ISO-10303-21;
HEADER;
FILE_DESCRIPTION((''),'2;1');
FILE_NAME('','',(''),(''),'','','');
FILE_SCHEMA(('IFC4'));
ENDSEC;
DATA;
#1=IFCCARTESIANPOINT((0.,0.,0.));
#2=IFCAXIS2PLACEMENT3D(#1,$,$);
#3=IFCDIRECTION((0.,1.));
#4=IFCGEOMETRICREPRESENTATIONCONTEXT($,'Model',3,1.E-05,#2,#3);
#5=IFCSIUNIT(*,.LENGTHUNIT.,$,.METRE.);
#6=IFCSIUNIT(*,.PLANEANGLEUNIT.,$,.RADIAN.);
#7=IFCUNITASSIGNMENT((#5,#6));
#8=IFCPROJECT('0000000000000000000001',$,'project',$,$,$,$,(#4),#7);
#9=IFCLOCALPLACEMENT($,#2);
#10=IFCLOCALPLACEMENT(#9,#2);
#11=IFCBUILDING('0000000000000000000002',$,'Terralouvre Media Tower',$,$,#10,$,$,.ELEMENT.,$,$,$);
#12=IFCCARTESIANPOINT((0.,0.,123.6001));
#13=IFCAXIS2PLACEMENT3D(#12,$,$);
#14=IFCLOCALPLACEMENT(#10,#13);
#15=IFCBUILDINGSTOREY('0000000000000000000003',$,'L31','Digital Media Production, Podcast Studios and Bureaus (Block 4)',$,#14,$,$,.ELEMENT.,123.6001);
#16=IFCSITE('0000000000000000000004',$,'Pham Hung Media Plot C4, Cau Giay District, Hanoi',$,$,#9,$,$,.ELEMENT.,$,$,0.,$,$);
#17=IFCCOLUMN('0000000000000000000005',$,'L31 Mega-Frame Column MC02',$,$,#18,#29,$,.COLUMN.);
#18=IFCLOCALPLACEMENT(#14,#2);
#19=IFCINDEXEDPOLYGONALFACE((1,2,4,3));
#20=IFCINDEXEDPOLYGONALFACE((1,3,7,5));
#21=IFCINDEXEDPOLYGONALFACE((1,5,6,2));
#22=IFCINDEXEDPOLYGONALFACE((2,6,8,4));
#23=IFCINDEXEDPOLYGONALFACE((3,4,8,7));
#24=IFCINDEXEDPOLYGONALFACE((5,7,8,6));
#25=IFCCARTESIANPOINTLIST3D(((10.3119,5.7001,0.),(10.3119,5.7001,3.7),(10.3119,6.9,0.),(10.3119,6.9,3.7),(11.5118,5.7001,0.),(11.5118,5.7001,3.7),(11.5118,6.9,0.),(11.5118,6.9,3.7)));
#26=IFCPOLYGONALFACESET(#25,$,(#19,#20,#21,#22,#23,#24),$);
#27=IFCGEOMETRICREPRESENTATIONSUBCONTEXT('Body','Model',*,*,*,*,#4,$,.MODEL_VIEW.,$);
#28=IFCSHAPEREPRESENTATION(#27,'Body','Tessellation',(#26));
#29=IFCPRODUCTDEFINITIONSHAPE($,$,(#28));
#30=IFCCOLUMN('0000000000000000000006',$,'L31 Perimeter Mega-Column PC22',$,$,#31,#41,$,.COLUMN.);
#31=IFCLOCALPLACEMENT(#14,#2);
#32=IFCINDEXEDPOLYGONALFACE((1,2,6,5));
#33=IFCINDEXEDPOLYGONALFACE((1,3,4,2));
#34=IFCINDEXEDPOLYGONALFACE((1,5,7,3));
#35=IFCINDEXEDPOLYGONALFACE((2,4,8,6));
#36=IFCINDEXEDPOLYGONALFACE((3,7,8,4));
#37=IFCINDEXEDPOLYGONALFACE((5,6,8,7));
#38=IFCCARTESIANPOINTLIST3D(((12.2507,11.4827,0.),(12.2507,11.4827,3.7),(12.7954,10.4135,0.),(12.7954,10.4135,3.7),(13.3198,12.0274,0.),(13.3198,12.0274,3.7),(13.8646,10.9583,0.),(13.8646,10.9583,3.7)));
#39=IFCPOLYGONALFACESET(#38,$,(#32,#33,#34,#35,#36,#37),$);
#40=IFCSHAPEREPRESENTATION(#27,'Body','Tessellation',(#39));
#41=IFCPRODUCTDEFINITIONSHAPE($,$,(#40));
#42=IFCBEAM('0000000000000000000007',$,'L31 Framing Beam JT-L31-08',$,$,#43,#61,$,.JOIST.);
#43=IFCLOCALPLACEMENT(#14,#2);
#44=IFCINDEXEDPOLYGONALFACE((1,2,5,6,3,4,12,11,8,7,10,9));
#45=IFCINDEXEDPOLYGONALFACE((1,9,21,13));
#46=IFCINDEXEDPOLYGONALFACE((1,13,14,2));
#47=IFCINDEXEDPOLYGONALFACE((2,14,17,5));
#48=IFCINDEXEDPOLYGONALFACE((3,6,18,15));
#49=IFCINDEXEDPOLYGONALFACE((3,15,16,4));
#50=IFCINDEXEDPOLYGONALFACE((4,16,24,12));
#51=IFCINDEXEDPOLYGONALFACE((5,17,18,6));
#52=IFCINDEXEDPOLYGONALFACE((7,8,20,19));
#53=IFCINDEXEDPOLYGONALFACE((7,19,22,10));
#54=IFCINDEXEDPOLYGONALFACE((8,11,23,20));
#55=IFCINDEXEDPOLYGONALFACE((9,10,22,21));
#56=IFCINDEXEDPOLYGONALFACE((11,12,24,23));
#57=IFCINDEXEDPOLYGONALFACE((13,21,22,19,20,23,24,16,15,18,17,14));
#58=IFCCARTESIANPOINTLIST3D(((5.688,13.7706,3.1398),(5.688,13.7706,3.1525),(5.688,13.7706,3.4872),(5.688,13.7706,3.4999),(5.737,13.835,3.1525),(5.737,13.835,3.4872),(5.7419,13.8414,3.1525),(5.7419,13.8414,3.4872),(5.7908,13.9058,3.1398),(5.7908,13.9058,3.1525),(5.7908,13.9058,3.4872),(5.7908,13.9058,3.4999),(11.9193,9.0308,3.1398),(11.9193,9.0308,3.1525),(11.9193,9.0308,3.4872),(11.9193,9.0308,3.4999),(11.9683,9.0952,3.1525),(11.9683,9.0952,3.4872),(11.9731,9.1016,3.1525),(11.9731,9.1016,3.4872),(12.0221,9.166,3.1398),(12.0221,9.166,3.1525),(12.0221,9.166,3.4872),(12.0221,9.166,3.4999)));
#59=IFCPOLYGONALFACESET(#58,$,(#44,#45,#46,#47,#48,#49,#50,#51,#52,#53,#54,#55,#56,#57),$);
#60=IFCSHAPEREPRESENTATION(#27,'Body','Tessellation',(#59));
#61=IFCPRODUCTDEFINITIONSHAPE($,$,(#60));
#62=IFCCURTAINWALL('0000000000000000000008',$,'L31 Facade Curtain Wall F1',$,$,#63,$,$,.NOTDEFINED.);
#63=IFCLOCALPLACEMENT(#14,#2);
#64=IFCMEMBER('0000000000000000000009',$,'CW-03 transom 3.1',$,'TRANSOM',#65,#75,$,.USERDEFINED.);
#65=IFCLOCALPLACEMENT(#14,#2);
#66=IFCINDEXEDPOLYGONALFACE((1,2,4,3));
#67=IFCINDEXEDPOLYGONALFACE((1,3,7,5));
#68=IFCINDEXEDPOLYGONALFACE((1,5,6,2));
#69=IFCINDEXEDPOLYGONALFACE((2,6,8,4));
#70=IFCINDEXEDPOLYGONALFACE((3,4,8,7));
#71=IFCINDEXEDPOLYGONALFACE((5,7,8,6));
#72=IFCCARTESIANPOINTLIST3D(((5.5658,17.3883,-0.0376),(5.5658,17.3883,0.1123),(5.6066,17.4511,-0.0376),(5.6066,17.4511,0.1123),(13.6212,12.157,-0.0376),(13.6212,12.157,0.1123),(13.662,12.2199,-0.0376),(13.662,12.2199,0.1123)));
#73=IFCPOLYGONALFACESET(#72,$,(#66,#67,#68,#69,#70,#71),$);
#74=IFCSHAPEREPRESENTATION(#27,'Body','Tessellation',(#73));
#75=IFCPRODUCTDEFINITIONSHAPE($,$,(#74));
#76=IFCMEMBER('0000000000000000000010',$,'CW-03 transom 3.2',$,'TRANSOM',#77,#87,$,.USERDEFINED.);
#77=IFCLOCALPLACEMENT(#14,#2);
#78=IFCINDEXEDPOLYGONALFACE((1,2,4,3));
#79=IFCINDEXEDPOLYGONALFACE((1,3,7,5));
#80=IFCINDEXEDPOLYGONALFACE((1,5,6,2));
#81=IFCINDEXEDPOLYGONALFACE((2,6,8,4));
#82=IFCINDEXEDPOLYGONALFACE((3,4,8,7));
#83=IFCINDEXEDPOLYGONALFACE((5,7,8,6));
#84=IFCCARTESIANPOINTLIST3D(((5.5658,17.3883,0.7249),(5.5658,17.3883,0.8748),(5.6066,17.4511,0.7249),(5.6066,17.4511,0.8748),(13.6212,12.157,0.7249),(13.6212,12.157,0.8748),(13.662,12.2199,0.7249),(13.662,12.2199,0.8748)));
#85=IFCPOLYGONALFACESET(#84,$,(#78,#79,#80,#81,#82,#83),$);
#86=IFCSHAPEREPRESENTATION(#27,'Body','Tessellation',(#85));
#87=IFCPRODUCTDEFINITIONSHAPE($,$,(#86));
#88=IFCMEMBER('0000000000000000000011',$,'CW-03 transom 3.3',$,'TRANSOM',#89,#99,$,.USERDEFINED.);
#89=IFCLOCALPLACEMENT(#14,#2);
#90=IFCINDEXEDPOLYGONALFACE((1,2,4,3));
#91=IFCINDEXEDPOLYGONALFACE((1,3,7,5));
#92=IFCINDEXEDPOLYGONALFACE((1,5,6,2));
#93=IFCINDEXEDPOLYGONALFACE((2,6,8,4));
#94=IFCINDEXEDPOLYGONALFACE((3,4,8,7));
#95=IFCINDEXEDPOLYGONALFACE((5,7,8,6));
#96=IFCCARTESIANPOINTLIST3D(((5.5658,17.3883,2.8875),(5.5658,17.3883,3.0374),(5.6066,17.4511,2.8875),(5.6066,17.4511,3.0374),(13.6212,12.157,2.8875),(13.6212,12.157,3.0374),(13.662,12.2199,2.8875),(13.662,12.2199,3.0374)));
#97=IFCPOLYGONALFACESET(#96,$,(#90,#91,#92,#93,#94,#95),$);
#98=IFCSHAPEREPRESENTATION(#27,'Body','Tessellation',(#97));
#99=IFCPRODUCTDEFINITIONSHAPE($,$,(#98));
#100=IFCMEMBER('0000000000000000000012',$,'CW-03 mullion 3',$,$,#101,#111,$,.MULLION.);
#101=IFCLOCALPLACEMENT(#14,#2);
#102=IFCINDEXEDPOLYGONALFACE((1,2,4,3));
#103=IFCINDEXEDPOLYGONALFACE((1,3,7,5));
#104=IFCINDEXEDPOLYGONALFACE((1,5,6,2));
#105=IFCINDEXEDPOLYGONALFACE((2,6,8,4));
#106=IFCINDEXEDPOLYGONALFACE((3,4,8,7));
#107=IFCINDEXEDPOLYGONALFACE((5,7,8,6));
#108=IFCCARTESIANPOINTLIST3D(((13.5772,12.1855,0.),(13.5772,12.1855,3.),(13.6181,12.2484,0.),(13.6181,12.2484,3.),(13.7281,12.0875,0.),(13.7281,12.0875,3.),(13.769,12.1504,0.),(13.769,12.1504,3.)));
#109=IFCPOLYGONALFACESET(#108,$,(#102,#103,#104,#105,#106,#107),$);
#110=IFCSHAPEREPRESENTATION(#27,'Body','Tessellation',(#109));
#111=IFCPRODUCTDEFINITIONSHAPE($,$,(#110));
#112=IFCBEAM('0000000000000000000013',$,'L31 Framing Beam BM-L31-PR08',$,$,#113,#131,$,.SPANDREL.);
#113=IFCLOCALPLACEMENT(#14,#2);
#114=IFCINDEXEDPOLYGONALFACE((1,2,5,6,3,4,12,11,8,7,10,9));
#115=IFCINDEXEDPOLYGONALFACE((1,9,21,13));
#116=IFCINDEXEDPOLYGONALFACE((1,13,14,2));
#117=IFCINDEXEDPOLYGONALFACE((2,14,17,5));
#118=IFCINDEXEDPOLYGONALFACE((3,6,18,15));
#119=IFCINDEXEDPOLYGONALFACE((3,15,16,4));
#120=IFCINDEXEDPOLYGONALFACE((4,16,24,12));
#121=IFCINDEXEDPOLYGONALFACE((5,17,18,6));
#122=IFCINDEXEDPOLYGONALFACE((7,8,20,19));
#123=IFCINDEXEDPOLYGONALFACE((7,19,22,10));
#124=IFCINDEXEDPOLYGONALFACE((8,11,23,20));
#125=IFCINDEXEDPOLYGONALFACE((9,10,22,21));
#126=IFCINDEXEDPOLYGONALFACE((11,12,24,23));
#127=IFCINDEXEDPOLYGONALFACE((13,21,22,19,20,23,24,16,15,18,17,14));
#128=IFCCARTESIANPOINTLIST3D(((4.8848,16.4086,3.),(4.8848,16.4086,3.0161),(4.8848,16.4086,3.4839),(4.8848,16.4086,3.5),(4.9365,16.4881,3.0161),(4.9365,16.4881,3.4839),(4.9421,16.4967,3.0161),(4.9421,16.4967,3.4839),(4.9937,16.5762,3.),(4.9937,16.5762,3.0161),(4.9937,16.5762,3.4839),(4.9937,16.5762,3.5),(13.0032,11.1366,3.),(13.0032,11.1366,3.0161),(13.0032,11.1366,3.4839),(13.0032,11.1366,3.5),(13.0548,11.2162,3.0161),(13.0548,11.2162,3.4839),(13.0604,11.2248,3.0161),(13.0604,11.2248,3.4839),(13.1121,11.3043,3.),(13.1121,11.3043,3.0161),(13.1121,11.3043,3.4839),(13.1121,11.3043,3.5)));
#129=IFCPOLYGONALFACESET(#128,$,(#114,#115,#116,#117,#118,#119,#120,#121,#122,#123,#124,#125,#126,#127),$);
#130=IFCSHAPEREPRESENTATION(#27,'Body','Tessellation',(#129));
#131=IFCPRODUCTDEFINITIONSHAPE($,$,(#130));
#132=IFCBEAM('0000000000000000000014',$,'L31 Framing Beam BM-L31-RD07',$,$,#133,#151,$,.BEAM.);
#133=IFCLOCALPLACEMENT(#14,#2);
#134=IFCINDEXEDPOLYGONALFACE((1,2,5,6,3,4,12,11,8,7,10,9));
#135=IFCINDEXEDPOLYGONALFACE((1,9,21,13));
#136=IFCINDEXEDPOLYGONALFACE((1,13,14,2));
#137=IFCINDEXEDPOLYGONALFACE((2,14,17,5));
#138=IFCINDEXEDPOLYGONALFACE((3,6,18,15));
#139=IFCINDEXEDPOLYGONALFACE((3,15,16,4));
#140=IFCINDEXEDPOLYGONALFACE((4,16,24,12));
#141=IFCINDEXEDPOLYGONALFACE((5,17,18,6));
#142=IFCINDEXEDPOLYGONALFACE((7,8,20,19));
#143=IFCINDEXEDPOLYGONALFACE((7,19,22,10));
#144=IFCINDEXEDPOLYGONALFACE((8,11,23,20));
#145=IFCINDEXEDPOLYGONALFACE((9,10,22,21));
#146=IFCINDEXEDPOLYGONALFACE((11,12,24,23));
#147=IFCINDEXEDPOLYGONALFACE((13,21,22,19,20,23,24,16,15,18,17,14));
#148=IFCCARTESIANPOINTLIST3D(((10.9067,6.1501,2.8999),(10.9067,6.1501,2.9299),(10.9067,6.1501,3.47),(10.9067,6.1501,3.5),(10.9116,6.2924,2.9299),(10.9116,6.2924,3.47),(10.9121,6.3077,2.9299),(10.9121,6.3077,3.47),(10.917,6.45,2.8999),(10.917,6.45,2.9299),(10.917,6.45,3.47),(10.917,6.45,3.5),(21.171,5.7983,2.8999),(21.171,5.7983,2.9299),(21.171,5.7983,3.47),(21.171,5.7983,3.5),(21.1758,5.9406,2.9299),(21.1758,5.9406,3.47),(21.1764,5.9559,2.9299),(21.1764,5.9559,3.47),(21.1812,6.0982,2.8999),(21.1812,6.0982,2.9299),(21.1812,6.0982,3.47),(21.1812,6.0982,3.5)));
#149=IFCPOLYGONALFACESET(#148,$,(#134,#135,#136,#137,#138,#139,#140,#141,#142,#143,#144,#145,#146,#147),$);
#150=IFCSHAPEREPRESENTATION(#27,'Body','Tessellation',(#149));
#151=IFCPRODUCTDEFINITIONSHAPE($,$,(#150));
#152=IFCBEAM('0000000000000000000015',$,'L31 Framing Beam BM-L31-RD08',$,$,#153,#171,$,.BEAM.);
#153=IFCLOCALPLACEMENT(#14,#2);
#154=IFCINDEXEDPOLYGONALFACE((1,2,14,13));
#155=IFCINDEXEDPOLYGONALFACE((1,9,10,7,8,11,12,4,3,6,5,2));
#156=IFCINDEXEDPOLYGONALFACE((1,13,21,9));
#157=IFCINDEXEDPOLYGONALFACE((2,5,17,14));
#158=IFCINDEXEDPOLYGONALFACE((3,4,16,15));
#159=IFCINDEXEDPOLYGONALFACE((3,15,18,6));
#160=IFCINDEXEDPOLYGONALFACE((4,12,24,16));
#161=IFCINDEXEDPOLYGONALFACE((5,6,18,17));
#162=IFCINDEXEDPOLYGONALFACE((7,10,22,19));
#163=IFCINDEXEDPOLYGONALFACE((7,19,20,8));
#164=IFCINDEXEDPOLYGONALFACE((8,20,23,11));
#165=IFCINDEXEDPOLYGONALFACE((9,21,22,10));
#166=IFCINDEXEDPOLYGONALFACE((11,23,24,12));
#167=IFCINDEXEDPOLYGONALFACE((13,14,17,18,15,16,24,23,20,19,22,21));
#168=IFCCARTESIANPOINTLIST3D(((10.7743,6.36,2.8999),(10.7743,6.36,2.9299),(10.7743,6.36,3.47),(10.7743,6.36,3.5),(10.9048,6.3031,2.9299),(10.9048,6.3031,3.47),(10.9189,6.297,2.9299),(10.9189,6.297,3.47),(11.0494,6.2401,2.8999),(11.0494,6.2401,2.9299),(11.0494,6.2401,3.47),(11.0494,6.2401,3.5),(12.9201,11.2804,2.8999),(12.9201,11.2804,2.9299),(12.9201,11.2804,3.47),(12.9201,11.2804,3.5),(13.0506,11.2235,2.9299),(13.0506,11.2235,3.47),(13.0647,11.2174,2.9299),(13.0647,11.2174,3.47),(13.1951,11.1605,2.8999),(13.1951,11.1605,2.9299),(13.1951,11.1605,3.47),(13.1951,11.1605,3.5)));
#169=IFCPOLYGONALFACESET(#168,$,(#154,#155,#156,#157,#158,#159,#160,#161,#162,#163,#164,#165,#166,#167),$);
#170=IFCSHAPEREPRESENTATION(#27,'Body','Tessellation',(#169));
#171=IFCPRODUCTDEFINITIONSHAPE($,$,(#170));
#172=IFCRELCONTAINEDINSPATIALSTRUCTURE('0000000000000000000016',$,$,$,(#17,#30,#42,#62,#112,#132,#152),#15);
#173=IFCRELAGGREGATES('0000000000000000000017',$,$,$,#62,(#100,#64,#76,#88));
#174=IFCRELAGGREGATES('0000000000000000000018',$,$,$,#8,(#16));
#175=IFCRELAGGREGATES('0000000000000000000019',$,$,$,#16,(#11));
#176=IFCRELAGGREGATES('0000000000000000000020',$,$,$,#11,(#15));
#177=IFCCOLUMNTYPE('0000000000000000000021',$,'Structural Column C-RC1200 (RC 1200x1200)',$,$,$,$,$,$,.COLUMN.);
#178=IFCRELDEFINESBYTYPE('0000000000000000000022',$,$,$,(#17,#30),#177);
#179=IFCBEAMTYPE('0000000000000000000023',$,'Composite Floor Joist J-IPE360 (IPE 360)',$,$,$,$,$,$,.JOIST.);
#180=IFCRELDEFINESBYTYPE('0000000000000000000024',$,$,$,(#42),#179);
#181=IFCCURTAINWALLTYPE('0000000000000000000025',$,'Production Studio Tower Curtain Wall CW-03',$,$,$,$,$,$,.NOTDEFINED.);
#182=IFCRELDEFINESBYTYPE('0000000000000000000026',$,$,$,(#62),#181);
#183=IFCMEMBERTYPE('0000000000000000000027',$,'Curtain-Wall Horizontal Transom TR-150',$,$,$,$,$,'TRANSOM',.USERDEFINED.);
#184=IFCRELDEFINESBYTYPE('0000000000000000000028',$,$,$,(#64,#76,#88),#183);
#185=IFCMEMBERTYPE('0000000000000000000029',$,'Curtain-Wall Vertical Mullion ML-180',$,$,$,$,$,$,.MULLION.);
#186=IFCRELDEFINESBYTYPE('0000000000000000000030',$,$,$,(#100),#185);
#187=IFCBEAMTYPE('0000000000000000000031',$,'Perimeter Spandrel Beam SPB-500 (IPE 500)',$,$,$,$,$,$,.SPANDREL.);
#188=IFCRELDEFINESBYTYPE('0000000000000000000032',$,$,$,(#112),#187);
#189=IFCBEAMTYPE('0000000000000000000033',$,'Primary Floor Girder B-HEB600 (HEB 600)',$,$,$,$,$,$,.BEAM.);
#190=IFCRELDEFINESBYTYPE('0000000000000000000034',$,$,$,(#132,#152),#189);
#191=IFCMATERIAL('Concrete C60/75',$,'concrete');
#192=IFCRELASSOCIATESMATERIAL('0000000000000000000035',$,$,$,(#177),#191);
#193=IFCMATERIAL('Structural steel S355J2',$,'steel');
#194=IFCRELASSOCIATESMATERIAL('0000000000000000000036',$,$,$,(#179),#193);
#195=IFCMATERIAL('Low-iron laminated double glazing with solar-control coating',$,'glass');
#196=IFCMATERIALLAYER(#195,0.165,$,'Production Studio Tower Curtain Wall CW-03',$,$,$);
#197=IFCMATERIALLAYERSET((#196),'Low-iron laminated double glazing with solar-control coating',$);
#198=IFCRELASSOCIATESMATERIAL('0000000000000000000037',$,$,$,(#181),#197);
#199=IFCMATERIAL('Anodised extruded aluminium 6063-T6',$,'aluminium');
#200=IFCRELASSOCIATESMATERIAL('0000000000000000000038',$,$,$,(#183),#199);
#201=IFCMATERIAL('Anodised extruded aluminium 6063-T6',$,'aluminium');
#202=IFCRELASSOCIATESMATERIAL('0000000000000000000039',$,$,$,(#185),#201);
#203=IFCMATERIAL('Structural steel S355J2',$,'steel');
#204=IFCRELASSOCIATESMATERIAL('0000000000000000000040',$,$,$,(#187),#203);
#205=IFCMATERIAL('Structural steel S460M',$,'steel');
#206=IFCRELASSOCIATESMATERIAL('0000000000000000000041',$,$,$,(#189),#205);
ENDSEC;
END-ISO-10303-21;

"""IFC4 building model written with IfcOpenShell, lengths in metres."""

from ifc_helpers import new_model, si_unit, direction, frame, origin, origin_2d, place, context, subcontext, project, spatial, rectangle, i_section, extrude, material, layer, layer_set, material_profile, profile_set, type_object, element, aggregate, save


model = new_model("IFC4")

# Units and contexts
model_context = context("Model", 3, precision=1e-05, world=origin(), true_north=direction((0.0, 1.0)))
body_context = subcontext(model_context, "Body", "Model", "MODEL_VIEW")
ifc_project = project(units=[si_unit("LENGTHUNIT", "METRE"), si_unit("PLANEANGLEUNIT", "RADIAN")], contexts=[model_context])

# Site, building, storey
site_placement = place(None, origin())
site = spatial("IfcSite", under=ifc_project, at=site_placement, Name="Pham Hung Media Plot C4, Cau Giay District, Hanoi", CompositionType="ELEMENT", RefElevation=0.0)
building_placement = place(site_placement, origin())
building = spatial("IfcBuilding", under=site, at=building_placement, Name="Terralouvre Media Tower", CompositionType="ELEMENT")
storey_placement = place(building_placement, frame((0.0, 0.0, 123.6001)))
storey = spatial("IfcBuildingStorey", under=building, at=storey_placement, Name="L31", Description="Digital Media Production, Podcast Studios and Bureaus (Block 4)", CompositionType="ELEMENT", Elevation=123.6001)

# Columns
ifc_material_1 = material(Name="Concrete C60/75", Category="concrete")
ifc_material_profile_1 = material_profile(ifc_material_1, rectangle(XDim=1.2, YDim=1.2, at=origin_2d()), Name="RC 1200x1200")
ifc_profile_set_1 = profile_set([ifc_material_profile_1], Name="Concrete C60/75")
column_type = type_object("IfcColumnType", Name="Structural Column C-RC1200 (RC 1200x1200)", PredefinedType="COLUMN", material=ifc_profile_set_1)
for number, where, z_axis, x_axis, name in (
    (1, (10.9119, 6.3, 0.0), (0.0, 0.0, 1.0), (1.0, 0.0, 0.0), "L31 Mega-Frame Column MC02"),
    (2, (13.0576, 11.2205, 0.0), (0.0, 0.0, 1.0), (0.891007, 0.45399, 0.0), "L31 Perimeter Mega-Column PC22"),
):
    element("IfcColumn", number, at=place(storey_placement, frame(where, z_axis=z_axis, x_axis=x_axis)), inside=storey, type_object=column_type, Name=name, PredefinedType="COLUMN", context=body_context, shape_type="SweptSolid", body=[
        extrude(rectangle(XDim=1.2, YDim=1.2, at=origin_2d()), origin(), (0.0, 0.0, 1.0), 3.7),
    ])

# Beam
ifc_material_2 = material(Name="Structural steel S355J2", Category="steel")
ifc_material_profile_2 = material_profile(ifc_material_2, i_section(OverallWidth=0.1699, OverallDepth=0.3601, WebThickness=0.0081, FlangeThickness=0.0127, at=origin_2d()), Name="IPE 360")
ifc_profile_set_2 = profile_set([ifc_material_profile_2], Name="Structural steel S355J2")
beam_type_1 = type_object("IfcBeamType", Name="Composite Floor Joist J-IPE360 (IPE 360)", PredefinedType="JOIST", material=ifc_profile_set_2)
beam_1_placement = place(storey_placement, frame((11.9707, 9.0984, 3.3198), z_axis=(-0.795914, 0.60541, 0.0), x_axis=(-0.60541, -0.795914, 0.0)))
element("IfcBeam", 3, at=beam_1_placement, inside=storey, type_object=beam_type_1, Name="L31 Framing Beam JT-L31-08", PredefinedType="JOIST", context=body_context, shape_type="SweptSolid", body=[
    extrude(i_section(OverallWidth=0.1699, OverallDepth=0.3601, WebThickness=0.0081, FlangeThickness=0.0127, at=origin_2d()), origin(), (0.0, 0.0, 1.0), 7.8291),
])

# Curtain wall, members
ifc_material_3 = material(Name="Low-iron laminated double glazing with solar-control coating", Category="glass")
ifc_layer_1 = layer(ifc_material_3, 0.165, Name="Production Studio Tower Curtain Wall CW-03")
ifc_layer_set_1 = layer_set([ifc_layer_1], Name="Low-iron laminated double glazing with solar-control coating")
curtain_wall_type = type_object("IfcCurtainWallType", Name="Production Studio Tower Curtain Wall CW-03", PredefinedType="NOTDEFINED", material=ifc_layer_set_1)
curtain_wall_placement = place(storey_placement, origin())
curtain_wall = element("IfcCurtainWall", 4, at=curtain_wall_placement, inside=storey, type_object=curtain_wall_type, Name="L31 Facade Curtain Wall F1", PredefinedType="NOTDEFINED")
ifc_material_4 = material(Name="Anodised extruded aluminium 6063-T6", Category="aluminium")
ifc_material_profile_3 = material_profile(ifc_material_4, rectangle(XDim=0.075, YDim=0.1499, at=origin_2d()), Name="ALU 75x150")
ifc_profile_set_3 = profile_set([ifc_material_profile_3], Name="Anodised extruded aluminium 6063-T6")
member_type_1 = type_object("IfcMemberType", Name="Curtain-Wall Horizontal Transom TR-150", ElementType="TRANSOM", PredefinedType="USERDEFINED", material=ifc_profile_set_3)
member_1_placement = place(storey_placement, frame((13.6416, 12.1885, 0.0374), z_axis=(-0.838673, 0.544635, 0.0), x_axis=(-0.544635, -0.838673, 0.0)))
member_1 = element("IfcMember", 5, at=member_1_placement, type_object=member_type_1, Name="CW-03 transom 3.1", ObjectType="TRANSOM", PredefinedType="USERDEFINED", context=body_context, shape_type="SweptSolid", body=[
    extrude(rectangle(XDim=0.075, YDim=0.1499, at=origin_2d()), origin(), (0.0, 0.0, 1.0), 9.605),
])
member_2_placement = place(storey_placement, frame((13.6416, 12.1885, 0.7998), z_axis=(-0.838673, 0.544635, 0.0), x_axis=(-0.544635, -0.838673, 0.0)))
member_2 = element("IfcMember", 6, at=member_2_placement, type_object=member_type_1, Name="CW-03 transom 3.2", ObjectType="TRANSOM", PredefinedType="USERDEFINED", context=body_context, shape_type="SweptSolid", body=[
    extrude(rectangle(XDim=0.075, YDim=0.1499, at=origin_2d()), origin(), (0.0, 0.0, 1.0), 9.605),
])
member_3_placement = place(storey_placement, frame((13.6416, 12.1885, 2.9624), z_axis=(-0.838673, 0.544635, 0.0), x_axis=(-0.544635, -0.838673, 0.0)))
member_3 = element("IfcMember", 7, at=member_3_placement, type_object=member_type_1, Name="CW-03 transom 3.3", ObjectType="TRANSOM", PredefinedType="USERDEFINED", context=body_context, shape_type="SweptSolid", body=[
    extrude(rectangle(XDim=0.075, YDim=0.1499, at=origin_2d()), origin(), (0.0, 0.0, 1.0), 9.605),
])
ifc_material_5 = material(Name="Anodised extruded aluminium 6063-T6", Category="aluminium")
ifc_material_profile_4 = material_profile(ifc_material_5, rectangle(XDim=0.075, YDim=0.1799, at=origin_2d()), Name="ALU 75x180")
ifc_profile_set_4 = profile_set([ifc_material_profile_4], Name="Anodised extruded aluminium 6063-T6")
member_type_2 = type_object("IfcMemberType", Name="Curtain-Wall Vertical Mullion ML-180", PredefinedType="MULLION", material=ifc_profile_set_4)
member_4_placement = place(storey_placement, frame((13.6731, 12.168, 0.0), z_axis=(0.0, 0.0, 1.0), x_axis=(-0.544639, -0.838671, 0.0)))
member_4 = element("IfcMember", 8, at=member_4_placement, type_object=member_type_2, Name="CW-03 mullion 3", PredefinedType="MULLION", context=body_context, shape_type="SweptSolid", body=[
    extrude(rectangle(XDim=0.075, YDim=0.1799, at=origin_2d()), origin(), (0.0, 0.0, 1.0), 3.0),
])
aggregate(curtain_wall, [member_4, member_1, member_2, member_3])

# Beams
ifc_material_6 = material(Name="Structural steel S355J2", Category="steel")
ifc_material_profile_5 = material_profile(ifc_material_6, i_section(OverallWidth=0.2, OverallDepth=0.5, WebThickness=0.0103, FlangeThickness=0.0161, at=origin_2d()), Name="IPE 500")
ifc_profile_set_5 = profile_set([ifc_material_profile_5], Name="Structural steel S355J2")
beam_type_2 = type_object("IfcBeamType", Name="Perimeter Spandrel Beam SPB-500 (IPE 500)", PredefinedType="SPANDREL", material=ifc_profile_set_5)
beam_2_placement = place(storey_placement, frame((13.0576, 11.2205, 3.25), z_axis=(-0.838679, 0.544626, 0.0), x_axis=(-0.544626, -0.838679, 0.0)))
element("IfcBeam", 9, at=beam_2_placement, inside=storey, type_object=beam_type_2, Name="L31 Framing Beam BM-L31-PR08", PredefinedType="SPANDREL", context=body_context, shape_type="SweptSolid", body=[
    extrude(i_section(OverallWidth=0.2, OverallDepth=0.5, WebThickness=0.0103, FlangeThickness=0.0161, at=origin_2d()), origin(), (0.0, 0.0, 1.0), 9.6799),
])
ifc_material_7 = material(Name="Structural steel S460M", Category="steel")
ifc_material_profile_6 = material_profile(ifc_material_7, i_section(OverallWidth=0.3, OverallDepth=0.6001, WebThickness=0.0154, FlangeThickness=0.03, at=origin_2d()), Name="HEB 600")
ifc_profile_set_6 = profile_set([ifc_material_profile_6], Name="Structural steel S460M")
beam_type_3 = type_object("IfcBeamType", Name="Primary Floor Girder B-HEB600 (HEB 600)", PredefinedType="BEAM", material=ifc_profile_set_6)
beam_3_placement = place(storey_placement, frame((10.9119, 6.3, 3.2), z_axis=(0.999413, -0.034255, 0.0), x_axis=(0.034255, 0.999413, 0.0)))
element("IfcBeam", 10, at=beam_3_placement, inside=storey, type_object=beam_type_3, Name="L31 Framing Beam BM-L31-RD07", PredefinedType="BEAM", context=body_context, shape_type="SweptSolid", body=[
    extrude(i_section(OverallWidth=0.3, OverallDepth=0.6001, WebThickness=0.0154, FlangeThickness=0.03, at=origin_2d()), origin(), (0.0, 0.0, 1.0), 10.2703),
])
beam_4_placement = place(storey_placement, frame((10.9119, 6.3, 3.2), z_axis=(0.399735, 0.916631, 0.0), x_axis=(-0.916631, 0.399735, 0.0)))
element("IfcBeam", 11, at=beam_4_placement, inside=storey, type_object=beam_type_3, Name="L31 Framing Beam BM-L31-RD08", PredefinedType="BEAM", context=body_context, shape_type="SweptSolid", body=[
    extrude(i_section(OverallWidth=0.3, OverallDepth=0.6001, WebThickness=0.0154, FlangeThickness=0.03, at=origin_2d()), origin(), (0.0, 0.0, 1.0), 5.3679),
])

save(model, "model.ifc")
